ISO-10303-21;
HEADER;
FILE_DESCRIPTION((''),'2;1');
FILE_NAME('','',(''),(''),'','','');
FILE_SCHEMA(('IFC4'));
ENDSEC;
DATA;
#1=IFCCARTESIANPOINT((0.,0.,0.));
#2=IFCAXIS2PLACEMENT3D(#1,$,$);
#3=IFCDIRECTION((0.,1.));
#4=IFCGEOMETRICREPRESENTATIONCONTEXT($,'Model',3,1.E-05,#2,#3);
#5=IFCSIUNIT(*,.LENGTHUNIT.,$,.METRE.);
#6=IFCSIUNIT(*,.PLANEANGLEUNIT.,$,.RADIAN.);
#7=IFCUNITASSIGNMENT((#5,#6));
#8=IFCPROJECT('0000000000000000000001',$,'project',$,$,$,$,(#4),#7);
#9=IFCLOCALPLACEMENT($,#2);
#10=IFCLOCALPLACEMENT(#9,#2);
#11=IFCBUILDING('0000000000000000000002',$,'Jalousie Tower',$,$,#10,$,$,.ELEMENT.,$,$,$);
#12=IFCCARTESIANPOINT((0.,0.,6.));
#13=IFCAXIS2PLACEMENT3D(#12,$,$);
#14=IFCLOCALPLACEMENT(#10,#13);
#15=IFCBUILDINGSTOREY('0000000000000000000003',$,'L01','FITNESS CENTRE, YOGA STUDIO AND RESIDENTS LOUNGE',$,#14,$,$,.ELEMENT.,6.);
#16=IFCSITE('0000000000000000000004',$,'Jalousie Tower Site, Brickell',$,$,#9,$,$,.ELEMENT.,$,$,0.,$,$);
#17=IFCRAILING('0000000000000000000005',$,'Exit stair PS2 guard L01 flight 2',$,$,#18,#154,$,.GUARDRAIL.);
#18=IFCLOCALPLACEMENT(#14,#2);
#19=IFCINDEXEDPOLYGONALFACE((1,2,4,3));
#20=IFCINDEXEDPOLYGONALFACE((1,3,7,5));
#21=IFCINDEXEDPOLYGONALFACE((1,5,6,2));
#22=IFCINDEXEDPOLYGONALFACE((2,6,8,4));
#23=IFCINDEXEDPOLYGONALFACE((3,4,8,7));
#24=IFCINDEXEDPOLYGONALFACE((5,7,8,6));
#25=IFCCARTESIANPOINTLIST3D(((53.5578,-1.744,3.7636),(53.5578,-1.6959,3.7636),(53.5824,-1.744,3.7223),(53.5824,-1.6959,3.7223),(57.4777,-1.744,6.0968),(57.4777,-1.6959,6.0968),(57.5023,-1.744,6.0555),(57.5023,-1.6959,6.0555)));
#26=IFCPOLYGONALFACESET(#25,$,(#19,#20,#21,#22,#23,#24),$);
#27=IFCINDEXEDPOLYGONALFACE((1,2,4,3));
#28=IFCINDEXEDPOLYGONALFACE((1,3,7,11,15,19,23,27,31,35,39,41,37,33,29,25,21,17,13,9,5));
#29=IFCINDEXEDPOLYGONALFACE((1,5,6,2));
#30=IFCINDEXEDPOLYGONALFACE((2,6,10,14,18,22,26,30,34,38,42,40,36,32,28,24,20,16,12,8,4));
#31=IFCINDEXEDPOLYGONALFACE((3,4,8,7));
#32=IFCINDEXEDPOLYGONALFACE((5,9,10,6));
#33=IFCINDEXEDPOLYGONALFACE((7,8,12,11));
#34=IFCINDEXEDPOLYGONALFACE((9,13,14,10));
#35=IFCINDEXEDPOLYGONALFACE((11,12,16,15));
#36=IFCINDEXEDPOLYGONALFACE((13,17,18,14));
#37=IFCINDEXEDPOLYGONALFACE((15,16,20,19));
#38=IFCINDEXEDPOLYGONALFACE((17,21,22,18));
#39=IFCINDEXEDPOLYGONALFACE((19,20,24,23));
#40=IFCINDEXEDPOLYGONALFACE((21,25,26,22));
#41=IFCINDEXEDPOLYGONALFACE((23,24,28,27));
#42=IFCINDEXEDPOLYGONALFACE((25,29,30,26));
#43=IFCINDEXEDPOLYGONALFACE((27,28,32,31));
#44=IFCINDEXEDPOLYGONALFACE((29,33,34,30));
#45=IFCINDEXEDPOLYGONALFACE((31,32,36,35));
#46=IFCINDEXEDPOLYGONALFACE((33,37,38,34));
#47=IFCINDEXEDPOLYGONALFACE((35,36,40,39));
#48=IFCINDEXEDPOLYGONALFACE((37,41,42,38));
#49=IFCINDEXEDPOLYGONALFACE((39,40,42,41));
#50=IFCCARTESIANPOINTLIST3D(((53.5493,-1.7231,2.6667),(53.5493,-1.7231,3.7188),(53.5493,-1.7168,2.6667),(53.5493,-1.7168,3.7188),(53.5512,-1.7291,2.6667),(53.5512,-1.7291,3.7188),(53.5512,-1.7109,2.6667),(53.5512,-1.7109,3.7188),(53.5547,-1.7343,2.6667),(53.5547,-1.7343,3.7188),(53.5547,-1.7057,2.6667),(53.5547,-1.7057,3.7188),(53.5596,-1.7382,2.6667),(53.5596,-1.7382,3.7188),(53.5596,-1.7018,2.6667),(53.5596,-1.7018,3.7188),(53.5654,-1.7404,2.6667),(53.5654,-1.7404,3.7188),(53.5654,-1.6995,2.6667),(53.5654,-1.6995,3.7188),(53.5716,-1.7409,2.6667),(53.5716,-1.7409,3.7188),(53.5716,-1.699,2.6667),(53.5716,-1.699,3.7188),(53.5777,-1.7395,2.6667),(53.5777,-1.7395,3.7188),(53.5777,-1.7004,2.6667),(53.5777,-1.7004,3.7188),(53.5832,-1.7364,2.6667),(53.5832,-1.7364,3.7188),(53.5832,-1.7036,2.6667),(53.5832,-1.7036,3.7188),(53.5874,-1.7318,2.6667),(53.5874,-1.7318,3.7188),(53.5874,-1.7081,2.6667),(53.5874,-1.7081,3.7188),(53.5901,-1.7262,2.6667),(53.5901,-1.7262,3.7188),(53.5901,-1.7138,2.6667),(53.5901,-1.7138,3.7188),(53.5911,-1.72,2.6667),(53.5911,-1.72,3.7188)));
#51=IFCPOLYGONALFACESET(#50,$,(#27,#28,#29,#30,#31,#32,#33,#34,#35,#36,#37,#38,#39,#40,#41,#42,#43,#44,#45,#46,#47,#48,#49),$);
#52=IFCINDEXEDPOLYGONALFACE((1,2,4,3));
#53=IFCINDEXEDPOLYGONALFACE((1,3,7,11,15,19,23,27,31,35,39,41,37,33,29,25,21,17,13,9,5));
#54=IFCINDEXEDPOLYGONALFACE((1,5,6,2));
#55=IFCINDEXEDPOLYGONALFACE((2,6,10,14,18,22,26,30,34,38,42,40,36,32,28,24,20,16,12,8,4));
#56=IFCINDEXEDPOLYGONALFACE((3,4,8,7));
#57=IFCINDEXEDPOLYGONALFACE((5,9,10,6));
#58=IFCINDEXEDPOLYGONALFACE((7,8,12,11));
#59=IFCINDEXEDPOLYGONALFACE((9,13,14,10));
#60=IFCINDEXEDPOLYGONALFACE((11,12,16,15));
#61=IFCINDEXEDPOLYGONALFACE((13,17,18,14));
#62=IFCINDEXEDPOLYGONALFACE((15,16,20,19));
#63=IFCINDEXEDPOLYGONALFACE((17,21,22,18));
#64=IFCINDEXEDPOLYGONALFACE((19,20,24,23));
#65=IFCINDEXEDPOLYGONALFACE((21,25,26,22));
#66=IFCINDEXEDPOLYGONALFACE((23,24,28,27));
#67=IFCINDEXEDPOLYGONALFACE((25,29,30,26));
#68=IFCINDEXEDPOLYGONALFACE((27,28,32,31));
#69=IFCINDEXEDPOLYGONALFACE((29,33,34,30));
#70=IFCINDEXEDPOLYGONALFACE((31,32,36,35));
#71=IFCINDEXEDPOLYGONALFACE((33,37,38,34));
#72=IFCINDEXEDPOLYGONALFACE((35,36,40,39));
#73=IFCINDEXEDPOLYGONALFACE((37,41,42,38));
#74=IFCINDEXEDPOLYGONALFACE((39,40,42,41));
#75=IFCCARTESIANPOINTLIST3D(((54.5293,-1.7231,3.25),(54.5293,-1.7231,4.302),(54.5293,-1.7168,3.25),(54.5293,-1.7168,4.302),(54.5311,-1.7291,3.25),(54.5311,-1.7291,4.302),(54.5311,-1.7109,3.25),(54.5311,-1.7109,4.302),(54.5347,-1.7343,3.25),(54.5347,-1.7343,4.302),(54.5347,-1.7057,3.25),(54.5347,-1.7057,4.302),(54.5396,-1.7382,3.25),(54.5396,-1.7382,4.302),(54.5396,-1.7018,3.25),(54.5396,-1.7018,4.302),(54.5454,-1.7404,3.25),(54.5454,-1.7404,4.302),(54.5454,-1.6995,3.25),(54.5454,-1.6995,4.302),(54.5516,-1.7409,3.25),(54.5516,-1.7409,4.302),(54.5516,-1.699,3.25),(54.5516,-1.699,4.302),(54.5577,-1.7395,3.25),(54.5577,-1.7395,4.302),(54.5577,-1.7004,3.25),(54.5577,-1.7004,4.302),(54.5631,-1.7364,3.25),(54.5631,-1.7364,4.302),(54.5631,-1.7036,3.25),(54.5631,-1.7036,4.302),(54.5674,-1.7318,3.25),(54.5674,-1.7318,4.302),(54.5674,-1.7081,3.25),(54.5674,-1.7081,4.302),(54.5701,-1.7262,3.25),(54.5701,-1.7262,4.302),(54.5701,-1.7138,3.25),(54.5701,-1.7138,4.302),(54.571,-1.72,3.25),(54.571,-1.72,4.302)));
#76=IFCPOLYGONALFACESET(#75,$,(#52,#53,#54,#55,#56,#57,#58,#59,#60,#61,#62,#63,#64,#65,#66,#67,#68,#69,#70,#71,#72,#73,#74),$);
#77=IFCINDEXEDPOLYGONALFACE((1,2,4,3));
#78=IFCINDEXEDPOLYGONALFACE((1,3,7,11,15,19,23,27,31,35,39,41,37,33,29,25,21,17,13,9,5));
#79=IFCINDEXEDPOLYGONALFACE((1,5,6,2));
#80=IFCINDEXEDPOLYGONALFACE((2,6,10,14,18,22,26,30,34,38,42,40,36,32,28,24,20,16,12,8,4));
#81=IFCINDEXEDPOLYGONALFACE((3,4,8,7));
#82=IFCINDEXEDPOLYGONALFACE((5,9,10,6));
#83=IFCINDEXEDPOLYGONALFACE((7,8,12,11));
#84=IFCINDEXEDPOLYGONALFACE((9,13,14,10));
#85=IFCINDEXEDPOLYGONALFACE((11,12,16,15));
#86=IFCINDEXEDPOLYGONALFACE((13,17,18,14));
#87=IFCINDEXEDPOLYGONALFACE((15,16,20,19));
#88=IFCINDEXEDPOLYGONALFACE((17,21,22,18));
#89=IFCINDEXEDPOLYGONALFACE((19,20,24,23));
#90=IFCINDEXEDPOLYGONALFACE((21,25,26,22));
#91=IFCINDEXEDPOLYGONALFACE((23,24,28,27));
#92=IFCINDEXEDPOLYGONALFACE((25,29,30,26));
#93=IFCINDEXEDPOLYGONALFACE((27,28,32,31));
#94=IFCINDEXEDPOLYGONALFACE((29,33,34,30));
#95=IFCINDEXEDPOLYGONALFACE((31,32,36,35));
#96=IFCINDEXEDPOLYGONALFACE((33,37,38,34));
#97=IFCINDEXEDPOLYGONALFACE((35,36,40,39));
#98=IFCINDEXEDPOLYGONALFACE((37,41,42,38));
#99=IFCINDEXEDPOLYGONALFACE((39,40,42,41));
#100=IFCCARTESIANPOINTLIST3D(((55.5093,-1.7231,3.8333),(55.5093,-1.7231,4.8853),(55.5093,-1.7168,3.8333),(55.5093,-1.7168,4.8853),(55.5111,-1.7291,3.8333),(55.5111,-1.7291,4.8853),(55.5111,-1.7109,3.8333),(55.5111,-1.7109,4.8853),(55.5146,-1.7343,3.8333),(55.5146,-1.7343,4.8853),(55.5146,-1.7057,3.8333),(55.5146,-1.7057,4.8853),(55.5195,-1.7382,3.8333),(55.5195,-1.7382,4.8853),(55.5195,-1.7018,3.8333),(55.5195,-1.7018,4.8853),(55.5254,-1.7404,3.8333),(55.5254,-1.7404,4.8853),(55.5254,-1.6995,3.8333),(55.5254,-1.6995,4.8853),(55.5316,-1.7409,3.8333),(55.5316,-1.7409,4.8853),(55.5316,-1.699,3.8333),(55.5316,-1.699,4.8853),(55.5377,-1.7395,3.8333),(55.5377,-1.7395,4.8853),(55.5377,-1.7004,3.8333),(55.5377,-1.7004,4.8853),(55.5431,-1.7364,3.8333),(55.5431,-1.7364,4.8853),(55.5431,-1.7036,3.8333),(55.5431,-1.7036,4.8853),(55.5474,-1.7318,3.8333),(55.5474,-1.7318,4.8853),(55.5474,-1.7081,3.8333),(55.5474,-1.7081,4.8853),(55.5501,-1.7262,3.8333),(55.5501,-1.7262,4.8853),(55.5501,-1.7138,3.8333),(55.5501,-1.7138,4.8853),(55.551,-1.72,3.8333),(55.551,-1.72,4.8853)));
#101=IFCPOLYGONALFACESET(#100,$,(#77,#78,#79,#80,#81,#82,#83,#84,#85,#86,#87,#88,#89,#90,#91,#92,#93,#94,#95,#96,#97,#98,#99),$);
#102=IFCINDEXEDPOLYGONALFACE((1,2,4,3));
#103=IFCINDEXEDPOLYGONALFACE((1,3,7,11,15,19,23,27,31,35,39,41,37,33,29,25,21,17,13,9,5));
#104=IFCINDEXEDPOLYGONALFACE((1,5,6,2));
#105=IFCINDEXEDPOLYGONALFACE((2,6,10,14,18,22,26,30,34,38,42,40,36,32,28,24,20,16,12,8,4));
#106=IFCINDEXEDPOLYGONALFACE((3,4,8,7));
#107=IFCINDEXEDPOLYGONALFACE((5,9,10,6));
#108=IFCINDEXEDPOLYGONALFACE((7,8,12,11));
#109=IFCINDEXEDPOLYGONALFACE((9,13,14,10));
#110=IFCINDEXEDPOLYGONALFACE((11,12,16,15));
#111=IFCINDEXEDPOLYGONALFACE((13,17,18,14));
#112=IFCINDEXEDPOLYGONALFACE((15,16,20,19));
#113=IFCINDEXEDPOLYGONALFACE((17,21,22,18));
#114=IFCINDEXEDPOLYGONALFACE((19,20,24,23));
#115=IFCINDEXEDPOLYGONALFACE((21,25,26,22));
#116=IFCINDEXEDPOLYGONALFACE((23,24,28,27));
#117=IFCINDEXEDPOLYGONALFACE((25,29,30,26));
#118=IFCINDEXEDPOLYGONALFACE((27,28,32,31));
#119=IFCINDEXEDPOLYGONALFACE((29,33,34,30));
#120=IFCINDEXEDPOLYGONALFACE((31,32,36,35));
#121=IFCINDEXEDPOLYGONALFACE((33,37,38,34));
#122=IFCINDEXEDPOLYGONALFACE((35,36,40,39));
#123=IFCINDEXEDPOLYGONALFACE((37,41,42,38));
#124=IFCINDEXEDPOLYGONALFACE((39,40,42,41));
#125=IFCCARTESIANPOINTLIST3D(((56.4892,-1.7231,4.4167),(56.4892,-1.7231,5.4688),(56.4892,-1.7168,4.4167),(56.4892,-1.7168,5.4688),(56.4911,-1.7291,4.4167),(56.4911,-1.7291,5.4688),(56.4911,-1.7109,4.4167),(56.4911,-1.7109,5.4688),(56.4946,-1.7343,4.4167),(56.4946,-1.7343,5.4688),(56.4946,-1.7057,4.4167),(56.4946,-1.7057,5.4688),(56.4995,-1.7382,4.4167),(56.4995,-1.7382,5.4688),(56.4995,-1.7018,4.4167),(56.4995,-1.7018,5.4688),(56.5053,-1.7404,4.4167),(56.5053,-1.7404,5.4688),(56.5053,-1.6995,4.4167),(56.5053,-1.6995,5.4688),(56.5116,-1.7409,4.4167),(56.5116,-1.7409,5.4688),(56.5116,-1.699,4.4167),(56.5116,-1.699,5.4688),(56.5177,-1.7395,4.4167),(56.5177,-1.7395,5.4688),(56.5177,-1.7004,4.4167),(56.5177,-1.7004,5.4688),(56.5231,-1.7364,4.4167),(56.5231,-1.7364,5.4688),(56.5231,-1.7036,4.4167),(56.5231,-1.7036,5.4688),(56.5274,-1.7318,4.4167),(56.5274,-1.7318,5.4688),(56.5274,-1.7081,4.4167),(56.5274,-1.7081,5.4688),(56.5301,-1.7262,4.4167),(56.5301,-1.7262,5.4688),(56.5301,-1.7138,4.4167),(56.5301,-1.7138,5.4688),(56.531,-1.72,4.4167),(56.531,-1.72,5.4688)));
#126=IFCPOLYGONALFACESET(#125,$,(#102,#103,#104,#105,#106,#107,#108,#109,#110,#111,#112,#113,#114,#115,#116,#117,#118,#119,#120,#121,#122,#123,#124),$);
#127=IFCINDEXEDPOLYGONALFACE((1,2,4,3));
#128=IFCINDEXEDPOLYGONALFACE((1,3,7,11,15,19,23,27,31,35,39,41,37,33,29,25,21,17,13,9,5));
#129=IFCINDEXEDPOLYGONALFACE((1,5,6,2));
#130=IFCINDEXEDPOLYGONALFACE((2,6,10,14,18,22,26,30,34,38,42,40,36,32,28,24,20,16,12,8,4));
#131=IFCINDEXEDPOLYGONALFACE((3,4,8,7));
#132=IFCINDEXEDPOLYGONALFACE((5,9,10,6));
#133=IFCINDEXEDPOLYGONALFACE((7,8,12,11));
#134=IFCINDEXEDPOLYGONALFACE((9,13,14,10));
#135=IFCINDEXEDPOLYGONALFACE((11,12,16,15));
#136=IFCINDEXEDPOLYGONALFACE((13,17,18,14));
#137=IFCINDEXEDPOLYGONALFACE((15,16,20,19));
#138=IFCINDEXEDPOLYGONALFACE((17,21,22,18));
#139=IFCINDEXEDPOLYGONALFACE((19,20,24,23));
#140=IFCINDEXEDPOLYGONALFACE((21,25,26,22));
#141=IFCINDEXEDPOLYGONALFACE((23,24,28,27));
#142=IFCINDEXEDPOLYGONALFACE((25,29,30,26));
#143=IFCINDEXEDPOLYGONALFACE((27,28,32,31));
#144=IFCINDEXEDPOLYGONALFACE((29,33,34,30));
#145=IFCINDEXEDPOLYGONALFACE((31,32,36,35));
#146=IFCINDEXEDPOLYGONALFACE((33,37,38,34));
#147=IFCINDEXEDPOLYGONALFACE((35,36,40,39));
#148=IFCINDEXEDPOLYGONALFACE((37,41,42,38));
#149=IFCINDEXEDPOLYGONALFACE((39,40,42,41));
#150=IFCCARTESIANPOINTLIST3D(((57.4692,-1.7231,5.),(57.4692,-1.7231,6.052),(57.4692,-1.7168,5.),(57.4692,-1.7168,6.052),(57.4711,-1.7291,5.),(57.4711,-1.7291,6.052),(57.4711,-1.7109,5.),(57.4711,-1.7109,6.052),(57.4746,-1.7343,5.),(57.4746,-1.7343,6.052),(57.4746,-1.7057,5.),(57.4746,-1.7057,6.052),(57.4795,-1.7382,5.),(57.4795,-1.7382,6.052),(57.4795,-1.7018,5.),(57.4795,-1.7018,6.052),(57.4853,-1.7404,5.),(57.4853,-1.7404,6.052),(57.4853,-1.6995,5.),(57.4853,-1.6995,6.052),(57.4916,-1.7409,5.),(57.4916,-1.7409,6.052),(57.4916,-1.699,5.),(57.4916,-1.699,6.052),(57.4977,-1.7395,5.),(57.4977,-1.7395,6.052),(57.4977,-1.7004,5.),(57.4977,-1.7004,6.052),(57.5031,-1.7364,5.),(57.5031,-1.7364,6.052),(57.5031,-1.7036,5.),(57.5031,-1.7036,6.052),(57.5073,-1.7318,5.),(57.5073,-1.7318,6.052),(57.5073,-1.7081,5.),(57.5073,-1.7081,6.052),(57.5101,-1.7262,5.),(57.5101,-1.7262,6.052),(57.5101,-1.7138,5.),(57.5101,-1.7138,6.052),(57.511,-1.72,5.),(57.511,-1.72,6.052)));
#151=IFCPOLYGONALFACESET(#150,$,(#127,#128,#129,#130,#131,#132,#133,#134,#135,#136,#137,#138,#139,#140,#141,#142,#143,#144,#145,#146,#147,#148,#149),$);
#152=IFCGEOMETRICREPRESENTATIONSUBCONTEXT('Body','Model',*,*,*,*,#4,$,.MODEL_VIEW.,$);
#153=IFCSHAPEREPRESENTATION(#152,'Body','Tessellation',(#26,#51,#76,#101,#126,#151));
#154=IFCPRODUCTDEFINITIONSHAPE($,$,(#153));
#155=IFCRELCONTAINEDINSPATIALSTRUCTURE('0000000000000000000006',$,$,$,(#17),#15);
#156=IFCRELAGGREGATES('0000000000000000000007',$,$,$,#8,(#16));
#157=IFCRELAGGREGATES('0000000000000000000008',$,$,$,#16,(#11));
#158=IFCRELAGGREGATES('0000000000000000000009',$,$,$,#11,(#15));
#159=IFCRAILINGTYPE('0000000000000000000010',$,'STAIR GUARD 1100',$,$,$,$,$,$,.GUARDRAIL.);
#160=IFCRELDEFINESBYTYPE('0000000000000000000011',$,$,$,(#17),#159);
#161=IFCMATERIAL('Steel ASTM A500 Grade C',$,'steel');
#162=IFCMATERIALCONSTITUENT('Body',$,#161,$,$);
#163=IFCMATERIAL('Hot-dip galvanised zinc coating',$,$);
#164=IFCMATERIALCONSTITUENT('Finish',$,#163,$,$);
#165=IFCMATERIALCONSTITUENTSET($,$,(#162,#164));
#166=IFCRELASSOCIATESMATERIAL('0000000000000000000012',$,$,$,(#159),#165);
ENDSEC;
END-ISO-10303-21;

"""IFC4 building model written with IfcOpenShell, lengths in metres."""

from ifc_helpers import new_model, si_unit, direction, frame, origin, origin_2d, place, context, subcontext, project, spatial, rectangle, circle, extrude, material, constituent, constituent_set, type_object, element, save


model = new_model("IFC4")

# Units and contexts
model_context = context("Model", 3, precision=1e-05, world=origin(), true_north=direction((0.0, 1.0)))
body_context = subcontext(model_context, "Body", "Model", "MODEL_VIEW")
ifc_project = project(units=[si_unit("LENGTHUNIT", "METRE"), si_unit("PLANEANGLEUNIT", "RADIAN")], contexts=[model_context])

# Site, building, storey
site_placement = place(None, origin())
site = spatial("IfcSite", under=ifc_project, at=site_placement, Name="Jalousie Tower Site, Brickell", CompositionType="ELEMENT", RefElevation=0.0)
building_placement = place(site_placement, origin())
building = spatial("IfcBuilding", under=site, at=building_placement, Name="Jalousie Tower", CompositionType="ELEMENT")
storey_placement = place(building_placement, frame((0.0, 0.0, 6.0)))
storey = spatial("IfcBuildingStorey", under=building, at=storey_placement, Name="L01", Description="FITNESS CENTRE, YOGA STUDIO AND RESIDENTS LOUNGE", CompositionType="ELEMENT", Elevation=6.0)

# Railing
ifc_material_1 = material(Name="Steel ASTM A500 Grade C", Category="steel")
ifc_constituent_1 = constituent(ifc_material_1, Name="Body")
ifc_material_2 = material(Name="Hot-dip galvanised zinc coating")
ifc_constituent_2 = constituent(ifc_material_2, Name="Finish")
ifc_constituent_set_1 = constituent_set(constituents=[ifc_constituent_1, ifc_constituent_2])
railing_type_1 = type_object("IfcRailingType", Name="STAIR GUARD 1100", PredefinedType="GUARDRAIL", material=ifc_constituent_set_1)
railing_1_placement = place(storey_placement, frame((53.5701, -1.72, 2.6667)))
element("IfcRailing", 1, at=railing_1_placement, inside=storey, type_object=railing_type_1, Name="Exit stair PS2 guard L01 flight 2", PredefinedType="GUARDRAIL", context=body_context, shape_type="SweptSolid", body=[
    extrude(rectangle(XDim=0.0481, YDim=0.0481, at=origin_2d()), frame((0.0, 0.0, 1.0762), z_axis=(0.859296, 0.0, 0.511478), x_axis=(0.0, 1.0, 0.0)), (0.0, 0.0, 1.0), 4.5618),
    extrude(circle(Radius=0.021, at=origin_2d()), origin(), (0.0, 0.0, 1.0), 1.052),
    extrude(circle(Radius=0.021, at=origin_2d()), frame((0.98, 0.0, 0.5833)), (0.0, 0.0, 1.0), 1.052),
    extrude(circle(Radius=0.021, at=origin_2d()), frame((1.96, 0.0, 1.1665)), (0.0, 0.0, 1.0), 1.052),
    extrude(circle(Radius=0.021, at=origin_2d()), frame((2.9399, 0.0, 1.75)), (0.0, 0.0, 1.0), 1.052),
    extrude(circle(Radius=0.021, at=origin_2d()), frame((3.9199, 0.0, 2.3333)), (0.0, 0.0, 1.0), 1.052),
])

save(model, "model.ifc")
